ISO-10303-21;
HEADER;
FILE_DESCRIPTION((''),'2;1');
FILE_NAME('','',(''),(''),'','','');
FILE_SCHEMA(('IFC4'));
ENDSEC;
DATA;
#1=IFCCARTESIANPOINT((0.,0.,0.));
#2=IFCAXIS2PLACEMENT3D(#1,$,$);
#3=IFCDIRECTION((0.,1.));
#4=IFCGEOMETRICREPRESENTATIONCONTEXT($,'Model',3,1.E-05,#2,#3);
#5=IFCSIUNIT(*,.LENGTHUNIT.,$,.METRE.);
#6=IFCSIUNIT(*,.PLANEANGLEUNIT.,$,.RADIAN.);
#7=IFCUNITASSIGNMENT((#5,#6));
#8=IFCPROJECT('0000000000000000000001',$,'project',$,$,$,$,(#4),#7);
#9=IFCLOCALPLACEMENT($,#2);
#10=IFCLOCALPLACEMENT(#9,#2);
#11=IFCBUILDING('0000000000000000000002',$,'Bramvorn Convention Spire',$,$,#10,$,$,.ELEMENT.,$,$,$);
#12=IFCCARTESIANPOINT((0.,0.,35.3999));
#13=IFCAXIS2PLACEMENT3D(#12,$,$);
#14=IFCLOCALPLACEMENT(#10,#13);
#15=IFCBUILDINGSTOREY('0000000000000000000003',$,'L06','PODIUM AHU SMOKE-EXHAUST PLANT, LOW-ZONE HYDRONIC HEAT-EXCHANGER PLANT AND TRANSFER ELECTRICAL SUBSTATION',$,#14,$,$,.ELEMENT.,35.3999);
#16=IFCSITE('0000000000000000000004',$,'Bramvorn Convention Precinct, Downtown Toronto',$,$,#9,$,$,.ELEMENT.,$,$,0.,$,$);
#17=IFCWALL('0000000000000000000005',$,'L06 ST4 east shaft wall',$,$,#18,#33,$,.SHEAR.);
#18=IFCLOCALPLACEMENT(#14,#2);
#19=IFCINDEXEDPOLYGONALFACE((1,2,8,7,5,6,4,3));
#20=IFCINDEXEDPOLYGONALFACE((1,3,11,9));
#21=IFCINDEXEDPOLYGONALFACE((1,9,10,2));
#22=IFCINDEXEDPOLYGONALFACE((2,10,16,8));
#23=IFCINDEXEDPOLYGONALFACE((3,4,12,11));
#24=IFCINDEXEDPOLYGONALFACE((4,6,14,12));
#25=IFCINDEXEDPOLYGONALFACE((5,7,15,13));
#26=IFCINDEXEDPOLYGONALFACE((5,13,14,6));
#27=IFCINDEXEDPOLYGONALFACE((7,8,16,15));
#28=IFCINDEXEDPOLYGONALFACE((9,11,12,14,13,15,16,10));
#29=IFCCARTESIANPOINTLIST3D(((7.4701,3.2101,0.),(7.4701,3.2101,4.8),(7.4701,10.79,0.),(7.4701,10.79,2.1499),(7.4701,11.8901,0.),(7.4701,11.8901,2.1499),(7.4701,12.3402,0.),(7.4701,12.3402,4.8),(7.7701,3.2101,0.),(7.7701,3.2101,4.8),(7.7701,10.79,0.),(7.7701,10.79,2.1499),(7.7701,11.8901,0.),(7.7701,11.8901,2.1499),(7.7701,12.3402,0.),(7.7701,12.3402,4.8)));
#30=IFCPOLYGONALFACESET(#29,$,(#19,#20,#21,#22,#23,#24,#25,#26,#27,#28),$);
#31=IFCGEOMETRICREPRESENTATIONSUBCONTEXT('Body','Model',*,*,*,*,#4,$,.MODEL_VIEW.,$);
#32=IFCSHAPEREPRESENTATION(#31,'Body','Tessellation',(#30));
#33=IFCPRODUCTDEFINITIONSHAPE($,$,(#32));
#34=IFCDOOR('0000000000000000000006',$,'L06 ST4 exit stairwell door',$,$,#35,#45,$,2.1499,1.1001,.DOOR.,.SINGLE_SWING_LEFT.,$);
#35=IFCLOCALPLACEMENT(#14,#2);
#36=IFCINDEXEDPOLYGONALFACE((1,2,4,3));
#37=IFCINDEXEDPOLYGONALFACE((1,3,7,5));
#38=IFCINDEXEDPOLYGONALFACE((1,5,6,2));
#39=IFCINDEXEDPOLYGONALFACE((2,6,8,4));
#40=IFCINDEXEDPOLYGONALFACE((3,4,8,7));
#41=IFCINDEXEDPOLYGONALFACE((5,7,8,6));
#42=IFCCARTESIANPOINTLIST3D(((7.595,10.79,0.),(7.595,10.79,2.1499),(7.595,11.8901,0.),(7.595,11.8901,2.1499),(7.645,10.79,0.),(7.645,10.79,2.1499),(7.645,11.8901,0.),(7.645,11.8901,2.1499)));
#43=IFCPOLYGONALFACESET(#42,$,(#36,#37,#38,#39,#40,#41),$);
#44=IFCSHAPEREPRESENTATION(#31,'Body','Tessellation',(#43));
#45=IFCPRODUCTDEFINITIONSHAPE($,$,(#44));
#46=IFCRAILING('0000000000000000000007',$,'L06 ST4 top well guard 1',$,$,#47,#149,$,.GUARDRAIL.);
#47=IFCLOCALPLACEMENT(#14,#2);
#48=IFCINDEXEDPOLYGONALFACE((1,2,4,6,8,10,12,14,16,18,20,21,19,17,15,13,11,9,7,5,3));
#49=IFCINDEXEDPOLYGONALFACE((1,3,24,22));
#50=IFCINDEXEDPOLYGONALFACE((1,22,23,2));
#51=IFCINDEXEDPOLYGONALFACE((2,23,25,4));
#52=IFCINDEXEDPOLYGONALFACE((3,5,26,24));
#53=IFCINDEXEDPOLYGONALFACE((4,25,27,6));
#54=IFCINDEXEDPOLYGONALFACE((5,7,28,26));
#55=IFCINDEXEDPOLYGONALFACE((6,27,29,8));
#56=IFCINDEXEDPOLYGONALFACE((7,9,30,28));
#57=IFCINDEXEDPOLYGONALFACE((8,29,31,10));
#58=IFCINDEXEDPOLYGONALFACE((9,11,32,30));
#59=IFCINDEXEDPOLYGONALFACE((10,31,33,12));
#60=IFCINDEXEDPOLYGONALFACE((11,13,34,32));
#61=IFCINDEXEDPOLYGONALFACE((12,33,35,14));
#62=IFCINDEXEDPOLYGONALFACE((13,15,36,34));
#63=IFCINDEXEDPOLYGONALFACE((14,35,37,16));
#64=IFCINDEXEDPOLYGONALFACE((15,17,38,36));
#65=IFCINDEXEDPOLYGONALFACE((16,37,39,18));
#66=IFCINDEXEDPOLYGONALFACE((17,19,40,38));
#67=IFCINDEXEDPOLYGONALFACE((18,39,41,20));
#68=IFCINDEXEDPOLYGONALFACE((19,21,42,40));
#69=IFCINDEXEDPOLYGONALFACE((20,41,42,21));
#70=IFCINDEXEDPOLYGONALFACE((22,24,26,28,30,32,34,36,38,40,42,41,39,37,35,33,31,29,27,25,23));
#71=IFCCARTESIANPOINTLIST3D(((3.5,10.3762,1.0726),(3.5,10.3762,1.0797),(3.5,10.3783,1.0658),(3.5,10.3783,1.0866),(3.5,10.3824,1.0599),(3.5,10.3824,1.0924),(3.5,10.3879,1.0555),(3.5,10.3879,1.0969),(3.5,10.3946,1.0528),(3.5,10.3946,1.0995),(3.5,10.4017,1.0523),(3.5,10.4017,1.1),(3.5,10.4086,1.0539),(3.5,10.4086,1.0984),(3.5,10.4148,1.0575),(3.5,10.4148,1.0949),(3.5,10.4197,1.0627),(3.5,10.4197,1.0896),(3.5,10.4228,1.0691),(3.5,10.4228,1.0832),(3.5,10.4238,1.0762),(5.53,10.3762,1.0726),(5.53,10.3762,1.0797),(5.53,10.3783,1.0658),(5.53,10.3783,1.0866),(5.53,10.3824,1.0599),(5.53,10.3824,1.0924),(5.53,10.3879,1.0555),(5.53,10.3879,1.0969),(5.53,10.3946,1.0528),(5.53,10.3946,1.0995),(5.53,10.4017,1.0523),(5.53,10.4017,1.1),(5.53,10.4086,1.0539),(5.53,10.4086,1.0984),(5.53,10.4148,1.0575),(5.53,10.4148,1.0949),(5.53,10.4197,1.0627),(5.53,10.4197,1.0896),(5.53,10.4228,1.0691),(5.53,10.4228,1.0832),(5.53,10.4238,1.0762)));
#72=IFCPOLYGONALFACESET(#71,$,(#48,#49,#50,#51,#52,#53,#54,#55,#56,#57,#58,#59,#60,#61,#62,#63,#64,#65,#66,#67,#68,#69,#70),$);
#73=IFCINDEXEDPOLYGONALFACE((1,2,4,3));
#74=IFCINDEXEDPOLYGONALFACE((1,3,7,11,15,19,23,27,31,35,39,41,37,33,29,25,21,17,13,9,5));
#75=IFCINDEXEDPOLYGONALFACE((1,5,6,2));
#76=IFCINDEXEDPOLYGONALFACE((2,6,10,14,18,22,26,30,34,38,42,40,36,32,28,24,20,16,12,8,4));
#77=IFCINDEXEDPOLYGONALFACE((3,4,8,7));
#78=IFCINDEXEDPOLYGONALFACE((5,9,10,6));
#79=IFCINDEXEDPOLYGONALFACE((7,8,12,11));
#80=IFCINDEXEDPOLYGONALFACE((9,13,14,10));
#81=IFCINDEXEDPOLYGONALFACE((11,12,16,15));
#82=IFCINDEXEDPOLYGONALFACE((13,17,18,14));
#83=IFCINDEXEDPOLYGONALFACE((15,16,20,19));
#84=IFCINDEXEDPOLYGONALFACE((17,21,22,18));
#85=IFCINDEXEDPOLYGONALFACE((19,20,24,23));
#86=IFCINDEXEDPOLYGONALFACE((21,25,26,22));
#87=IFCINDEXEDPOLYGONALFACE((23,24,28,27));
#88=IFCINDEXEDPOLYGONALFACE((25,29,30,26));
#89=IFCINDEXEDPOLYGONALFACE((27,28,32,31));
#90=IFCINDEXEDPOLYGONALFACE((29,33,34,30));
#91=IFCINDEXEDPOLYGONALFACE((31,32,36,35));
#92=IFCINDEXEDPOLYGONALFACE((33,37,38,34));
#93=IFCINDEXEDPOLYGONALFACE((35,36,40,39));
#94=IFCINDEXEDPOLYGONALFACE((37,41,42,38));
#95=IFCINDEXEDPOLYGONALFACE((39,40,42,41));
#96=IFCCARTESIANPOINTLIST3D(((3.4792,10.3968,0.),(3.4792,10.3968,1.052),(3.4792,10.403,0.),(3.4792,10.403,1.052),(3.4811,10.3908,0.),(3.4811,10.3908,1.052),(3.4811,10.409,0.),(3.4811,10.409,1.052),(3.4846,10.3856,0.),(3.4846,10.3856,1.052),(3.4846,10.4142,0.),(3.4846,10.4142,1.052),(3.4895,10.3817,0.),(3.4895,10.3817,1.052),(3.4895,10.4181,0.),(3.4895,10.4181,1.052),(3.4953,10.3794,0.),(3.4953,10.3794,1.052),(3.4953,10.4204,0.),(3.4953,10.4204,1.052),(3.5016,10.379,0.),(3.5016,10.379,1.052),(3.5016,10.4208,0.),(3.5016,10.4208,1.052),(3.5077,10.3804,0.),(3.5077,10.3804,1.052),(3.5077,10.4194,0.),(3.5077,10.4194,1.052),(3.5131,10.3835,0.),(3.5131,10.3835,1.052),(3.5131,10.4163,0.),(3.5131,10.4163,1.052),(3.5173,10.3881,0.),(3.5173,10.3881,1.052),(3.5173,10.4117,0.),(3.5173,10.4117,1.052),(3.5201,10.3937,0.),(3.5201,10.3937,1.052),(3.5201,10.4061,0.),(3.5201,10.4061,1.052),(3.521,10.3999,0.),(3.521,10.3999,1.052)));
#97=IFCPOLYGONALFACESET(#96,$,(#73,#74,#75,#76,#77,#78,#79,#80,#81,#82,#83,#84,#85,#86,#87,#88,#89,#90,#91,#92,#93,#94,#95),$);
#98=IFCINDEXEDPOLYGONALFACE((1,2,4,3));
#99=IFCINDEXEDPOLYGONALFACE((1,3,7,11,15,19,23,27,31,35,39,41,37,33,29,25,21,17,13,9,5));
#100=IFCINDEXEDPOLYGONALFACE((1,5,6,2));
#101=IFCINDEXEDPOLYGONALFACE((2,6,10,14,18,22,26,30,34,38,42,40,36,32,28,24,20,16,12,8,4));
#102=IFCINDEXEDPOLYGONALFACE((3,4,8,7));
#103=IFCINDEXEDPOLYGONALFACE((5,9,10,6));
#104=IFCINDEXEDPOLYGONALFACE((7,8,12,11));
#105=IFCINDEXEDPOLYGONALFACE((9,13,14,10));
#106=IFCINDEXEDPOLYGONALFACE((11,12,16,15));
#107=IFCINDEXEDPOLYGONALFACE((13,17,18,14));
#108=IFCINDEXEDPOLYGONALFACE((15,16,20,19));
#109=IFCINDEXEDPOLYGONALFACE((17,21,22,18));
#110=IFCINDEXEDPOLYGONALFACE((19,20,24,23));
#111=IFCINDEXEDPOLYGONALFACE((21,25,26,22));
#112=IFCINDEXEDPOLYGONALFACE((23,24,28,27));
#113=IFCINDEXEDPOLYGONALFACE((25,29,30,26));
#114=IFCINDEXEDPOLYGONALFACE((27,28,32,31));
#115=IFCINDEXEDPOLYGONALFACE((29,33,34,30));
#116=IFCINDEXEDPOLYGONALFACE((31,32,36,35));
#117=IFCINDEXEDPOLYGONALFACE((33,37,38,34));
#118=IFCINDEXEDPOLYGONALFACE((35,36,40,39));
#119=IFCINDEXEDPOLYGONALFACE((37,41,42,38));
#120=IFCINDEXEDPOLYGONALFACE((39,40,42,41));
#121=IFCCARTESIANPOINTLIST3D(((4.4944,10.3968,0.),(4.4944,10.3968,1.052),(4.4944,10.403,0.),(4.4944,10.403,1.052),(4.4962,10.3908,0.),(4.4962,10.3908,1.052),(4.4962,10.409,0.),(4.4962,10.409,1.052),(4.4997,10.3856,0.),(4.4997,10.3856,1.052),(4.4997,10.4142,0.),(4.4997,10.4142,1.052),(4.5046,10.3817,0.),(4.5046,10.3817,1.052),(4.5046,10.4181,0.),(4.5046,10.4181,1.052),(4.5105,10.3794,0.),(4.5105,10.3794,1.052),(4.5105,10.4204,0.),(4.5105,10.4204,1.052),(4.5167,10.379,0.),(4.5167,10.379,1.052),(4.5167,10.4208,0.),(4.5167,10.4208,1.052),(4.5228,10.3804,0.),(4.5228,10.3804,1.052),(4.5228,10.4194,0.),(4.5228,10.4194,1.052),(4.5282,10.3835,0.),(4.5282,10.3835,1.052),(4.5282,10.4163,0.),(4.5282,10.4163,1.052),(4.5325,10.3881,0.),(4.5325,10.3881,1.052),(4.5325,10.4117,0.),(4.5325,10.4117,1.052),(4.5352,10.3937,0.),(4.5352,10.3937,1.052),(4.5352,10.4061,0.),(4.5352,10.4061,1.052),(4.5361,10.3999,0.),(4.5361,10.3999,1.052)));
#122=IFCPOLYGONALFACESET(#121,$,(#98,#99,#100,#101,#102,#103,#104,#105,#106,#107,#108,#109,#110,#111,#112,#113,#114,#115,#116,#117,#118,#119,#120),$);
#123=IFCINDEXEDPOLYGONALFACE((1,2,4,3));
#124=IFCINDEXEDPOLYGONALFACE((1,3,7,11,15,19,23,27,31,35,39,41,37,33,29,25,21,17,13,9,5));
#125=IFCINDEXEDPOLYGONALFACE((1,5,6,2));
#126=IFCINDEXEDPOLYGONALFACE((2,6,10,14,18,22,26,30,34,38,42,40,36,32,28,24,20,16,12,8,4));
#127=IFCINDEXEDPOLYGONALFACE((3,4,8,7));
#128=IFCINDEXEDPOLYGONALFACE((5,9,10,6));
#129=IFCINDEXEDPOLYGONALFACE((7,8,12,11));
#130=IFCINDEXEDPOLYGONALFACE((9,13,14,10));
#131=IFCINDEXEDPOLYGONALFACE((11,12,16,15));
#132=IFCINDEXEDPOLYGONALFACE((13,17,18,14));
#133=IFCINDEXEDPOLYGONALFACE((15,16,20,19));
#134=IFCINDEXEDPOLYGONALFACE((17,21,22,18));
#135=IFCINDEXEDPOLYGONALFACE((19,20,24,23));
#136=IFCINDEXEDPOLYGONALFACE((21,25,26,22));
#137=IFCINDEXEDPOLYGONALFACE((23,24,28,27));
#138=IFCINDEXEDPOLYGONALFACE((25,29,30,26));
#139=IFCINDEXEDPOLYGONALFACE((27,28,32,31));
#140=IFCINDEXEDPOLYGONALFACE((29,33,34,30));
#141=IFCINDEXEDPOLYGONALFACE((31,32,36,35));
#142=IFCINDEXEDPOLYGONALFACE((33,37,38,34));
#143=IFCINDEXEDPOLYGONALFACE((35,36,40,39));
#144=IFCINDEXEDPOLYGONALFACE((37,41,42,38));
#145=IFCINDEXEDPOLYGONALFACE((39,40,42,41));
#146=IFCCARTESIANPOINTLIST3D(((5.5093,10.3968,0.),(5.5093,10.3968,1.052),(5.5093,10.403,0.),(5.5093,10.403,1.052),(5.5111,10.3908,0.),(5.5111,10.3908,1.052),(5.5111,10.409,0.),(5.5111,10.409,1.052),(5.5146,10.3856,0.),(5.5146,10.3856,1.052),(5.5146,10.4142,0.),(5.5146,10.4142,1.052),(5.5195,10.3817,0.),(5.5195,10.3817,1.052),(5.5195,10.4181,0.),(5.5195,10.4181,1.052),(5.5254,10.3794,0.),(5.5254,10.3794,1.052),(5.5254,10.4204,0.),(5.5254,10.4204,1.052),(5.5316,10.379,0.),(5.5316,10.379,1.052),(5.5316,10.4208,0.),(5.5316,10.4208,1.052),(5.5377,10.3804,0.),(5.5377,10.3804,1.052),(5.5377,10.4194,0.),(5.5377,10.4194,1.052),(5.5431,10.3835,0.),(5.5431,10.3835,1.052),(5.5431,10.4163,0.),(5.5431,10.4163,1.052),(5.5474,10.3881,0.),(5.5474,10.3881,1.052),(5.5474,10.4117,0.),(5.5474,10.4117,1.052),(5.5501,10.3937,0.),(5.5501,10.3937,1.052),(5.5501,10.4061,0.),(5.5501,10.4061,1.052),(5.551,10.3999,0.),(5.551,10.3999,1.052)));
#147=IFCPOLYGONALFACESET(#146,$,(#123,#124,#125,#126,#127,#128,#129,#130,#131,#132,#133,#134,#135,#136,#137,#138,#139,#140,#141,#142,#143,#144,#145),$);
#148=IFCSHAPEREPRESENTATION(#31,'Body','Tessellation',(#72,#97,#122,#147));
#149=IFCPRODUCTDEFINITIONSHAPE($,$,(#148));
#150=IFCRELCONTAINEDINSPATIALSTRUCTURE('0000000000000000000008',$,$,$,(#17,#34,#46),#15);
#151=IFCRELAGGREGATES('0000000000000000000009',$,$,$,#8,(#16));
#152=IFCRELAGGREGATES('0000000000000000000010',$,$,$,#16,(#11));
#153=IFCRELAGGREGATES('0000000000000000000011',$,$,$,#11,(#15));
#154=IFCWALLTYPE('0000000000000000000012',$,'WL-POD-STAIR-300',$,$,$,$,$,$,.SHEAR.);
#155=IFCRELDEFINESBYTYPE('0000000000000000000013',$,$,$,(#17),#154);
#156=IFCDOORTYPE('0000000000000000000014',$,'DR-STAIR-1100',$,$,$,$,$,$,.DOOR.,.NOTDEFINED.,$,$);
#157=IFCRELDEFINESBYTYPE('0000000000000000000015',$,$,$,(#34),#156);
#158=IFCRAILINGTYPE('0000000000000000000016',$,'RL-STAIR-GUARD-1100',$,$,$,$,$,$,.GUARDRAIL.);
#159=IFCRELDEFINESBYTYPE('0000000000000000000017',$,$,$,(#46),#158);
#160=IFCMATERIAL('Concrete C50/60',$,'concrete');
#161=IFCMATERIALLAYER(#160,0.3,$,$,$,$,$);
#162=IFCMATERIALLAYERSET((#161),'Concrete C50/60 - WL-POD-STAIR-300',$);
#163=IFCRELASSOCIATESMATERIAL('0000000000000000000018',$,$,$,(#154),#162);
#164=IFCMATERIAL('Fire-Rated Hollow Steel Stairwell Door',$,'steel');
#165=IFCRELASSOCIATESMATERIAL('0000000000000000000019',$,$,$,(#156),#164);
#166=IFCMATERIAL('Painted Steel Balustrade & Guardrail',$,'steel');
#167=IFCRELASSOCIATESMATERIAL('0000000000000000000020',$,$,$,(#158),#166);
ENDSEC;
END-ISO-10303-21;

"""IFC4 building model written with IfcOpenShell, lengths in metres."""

from ifc_helpers import new_model, si_unit, direction, frame, frame_2d, origin, origin_2d, place, context, subcontext, project, spatial, rectangle, circle, extrude, material, layer, layer_set, type_object, element, fill, save


model = new_model("IFC4")

# Units and contexts
model_context = context("Model", 3, precision=1e-05, world=origin(), true_north=direction((0.0, 1.0)))
body_context = subcontext(model_context, "Body", "Model", "MODEL_VIEW")
ifc_project = project(units=[si_unit("LENGTHUNIT", "METRE"), si_unit("PLANEANGLEUNIT", "RADIAN")], contexts=[model_context])

# Site, building, storey
site_placement = place(None, origin())
site = spatial("IfcSite", under=ifc_project, at=site_placement, Name="Bramvorn Convention Precinct, Downtown Toronto", CompositionType="ELEMENT", RefElevation=0.0)
building_placement = place(site_placement, origin())
building = spatial("IfcBuilding", under=site, at=building_placement, Name="Bramvorn Convention Spire", CompositionType="ELEMENT")
storey_placement = place(building_placement, frame((0.0, 0.0, 35.3999)))
storey = spatial("IfcBuildingStorey", under=building, at=storey_placement, Name="L06", Description="PODIUM AHU SMOKE-EXHAUST PLANT, LOW-ZONE HYDRONIC HEAT-EXCHANGER PLANT AND TRANSFER ELECTRICAL SUBSTATION", CompositionType="ELEMENT", Elevation=35.3999)

# Shared definitions
ifc_material_1 = material(Name="Concrete C50/60", Category="concrete")
ifc_layer_1 = layer(ifc_material_1, 0.3)
ifc_layer_set_1 = layer_set([ifc_layer_1], Name="Concrete C50/60 - WL-POD-STAIR-300")
wall_type_1 = type_object("IfcWallType", Name="WL-POD-STAIR-300", PredefinedType="SHEAR", material=ifc_layer_set_1)

# Wall, opening, door
wall_1_placement = place(storey_placement, frame((7.6201, 12.3401, 0.0), z_axis=(0.0, 0.0, 1.0), x_axis=(0.0, -1.0, 0.0)))
wall_1 = element("IfcWall", 1, at=wall_1_placement, inside=storey, type_object=wall_type_1, Name="L06 ST4 east shaft wall", PredefinedType="SHEAR", context=body_context, shape_type="SweptSolid", body=[
    extrude(rectangle(XDim=9.1301, YDim=0.3, at=frame_2d((4.5649, 0.0))), origin(), (0.0, 0.0, 1.0), 4.8),
])
opening_placement = place(wall_1_placement, frame((0.45, 0.0, 0.0)))
opening = element("IfcOpeningElement", 2, at=opening_placement, cuts=wall_1, PredefinedType="OPENING", context=body_context, shape_type="SweptSolid", body=[
    extrude(rectangle(XDim=1.1001, YDim=2.1499, at=frame_2d((0.55, 1.075))), frame((0.0, 0.1599, 0.0), z_axis=(0.0, -1.0, 0.0), x_axis=(1.0, 0.0, 0.0)), (0.0, 0.0, 1.0), 0.3201),
])
ifc_material_2 = material(Name="Fire-Rated Hollow Steel Stairwell Door", Category="steel")
door_type = type_object("IfcDoorType", Name="DR-STAIR-1100", OperationType="NOTDEFINED", PredefinedType="DOOR", material=ifc_material_2)
door_placement = place(opening_placement, origin())
door = element("IfcDoor", 3, at=door_placement, inside=storey, type_object=door_type, Name="L06 ST4 exit stairwell door", OperationType="SINGLE_SWING_LEFT", OverallHeight=2.1499, OverallWidth=1.1001, PredefinedType="DOOR", context=body_context, shape_type="SweptSolid", body=[
    extrude(rectangle(XDim=1.1001, YDim=2.1499, at=frame_2d((0.55, 1.075))), frame((0.0, 0.0249, 0.0), z_axis=(0.0, -1.0, 0.0), x_axis=(1.0, 0.0, 0.0)), (0.0, 0.0, 1.0), 0.05),
])
fill(opening, door)

# Railing
ifc_material_3 = material(Name="Painted Steel Balustrade & Guardrail", Category="steel")
railing_type = type_object("IfcRailingType", Name="RL-STAIR-GUARD-1100", PredefinedType="GUARDRAIL", material=ifc_material_3)
railing_placement = place(storey_placement, frame((3.5, 10.3999, 0.0)))
element("IfcRailing", 4, at=railing_placement, inside=storey, type_object=railing_type, Name="L06 ST4 top well guard 1", PredefinedType="GUARDRAIL", context=body_context, shape_type="SweptSolid", body=[
    extrude(circle(Radius=0.0239, at=origin_2d()), frame((0.0, 0.0, 1.0762), z_axis=(1.0, 0.0, 0.0), x_axis=(0.0, 1.0, 0.0)), (0.0, 0.0, 1.0), 2.03),
    extrude(circle(Radius=0.021, at=origin_2d()), origin(), (0.0, 0.0, 1.0), 1.052),
    extrude(circle(Radius=0.021, at=origin_2d()), frame((1.0151, 0.0, 0.0)), (0.0, 0.0, 1.0), 1.052),
    extrude(circle(Radius=0.021, at=origin_2d()), frame((2.03, 0.0, 0.0)), (0.0, 0.0, 1.0), 1.052),
])

save(model, "model.ifc")
